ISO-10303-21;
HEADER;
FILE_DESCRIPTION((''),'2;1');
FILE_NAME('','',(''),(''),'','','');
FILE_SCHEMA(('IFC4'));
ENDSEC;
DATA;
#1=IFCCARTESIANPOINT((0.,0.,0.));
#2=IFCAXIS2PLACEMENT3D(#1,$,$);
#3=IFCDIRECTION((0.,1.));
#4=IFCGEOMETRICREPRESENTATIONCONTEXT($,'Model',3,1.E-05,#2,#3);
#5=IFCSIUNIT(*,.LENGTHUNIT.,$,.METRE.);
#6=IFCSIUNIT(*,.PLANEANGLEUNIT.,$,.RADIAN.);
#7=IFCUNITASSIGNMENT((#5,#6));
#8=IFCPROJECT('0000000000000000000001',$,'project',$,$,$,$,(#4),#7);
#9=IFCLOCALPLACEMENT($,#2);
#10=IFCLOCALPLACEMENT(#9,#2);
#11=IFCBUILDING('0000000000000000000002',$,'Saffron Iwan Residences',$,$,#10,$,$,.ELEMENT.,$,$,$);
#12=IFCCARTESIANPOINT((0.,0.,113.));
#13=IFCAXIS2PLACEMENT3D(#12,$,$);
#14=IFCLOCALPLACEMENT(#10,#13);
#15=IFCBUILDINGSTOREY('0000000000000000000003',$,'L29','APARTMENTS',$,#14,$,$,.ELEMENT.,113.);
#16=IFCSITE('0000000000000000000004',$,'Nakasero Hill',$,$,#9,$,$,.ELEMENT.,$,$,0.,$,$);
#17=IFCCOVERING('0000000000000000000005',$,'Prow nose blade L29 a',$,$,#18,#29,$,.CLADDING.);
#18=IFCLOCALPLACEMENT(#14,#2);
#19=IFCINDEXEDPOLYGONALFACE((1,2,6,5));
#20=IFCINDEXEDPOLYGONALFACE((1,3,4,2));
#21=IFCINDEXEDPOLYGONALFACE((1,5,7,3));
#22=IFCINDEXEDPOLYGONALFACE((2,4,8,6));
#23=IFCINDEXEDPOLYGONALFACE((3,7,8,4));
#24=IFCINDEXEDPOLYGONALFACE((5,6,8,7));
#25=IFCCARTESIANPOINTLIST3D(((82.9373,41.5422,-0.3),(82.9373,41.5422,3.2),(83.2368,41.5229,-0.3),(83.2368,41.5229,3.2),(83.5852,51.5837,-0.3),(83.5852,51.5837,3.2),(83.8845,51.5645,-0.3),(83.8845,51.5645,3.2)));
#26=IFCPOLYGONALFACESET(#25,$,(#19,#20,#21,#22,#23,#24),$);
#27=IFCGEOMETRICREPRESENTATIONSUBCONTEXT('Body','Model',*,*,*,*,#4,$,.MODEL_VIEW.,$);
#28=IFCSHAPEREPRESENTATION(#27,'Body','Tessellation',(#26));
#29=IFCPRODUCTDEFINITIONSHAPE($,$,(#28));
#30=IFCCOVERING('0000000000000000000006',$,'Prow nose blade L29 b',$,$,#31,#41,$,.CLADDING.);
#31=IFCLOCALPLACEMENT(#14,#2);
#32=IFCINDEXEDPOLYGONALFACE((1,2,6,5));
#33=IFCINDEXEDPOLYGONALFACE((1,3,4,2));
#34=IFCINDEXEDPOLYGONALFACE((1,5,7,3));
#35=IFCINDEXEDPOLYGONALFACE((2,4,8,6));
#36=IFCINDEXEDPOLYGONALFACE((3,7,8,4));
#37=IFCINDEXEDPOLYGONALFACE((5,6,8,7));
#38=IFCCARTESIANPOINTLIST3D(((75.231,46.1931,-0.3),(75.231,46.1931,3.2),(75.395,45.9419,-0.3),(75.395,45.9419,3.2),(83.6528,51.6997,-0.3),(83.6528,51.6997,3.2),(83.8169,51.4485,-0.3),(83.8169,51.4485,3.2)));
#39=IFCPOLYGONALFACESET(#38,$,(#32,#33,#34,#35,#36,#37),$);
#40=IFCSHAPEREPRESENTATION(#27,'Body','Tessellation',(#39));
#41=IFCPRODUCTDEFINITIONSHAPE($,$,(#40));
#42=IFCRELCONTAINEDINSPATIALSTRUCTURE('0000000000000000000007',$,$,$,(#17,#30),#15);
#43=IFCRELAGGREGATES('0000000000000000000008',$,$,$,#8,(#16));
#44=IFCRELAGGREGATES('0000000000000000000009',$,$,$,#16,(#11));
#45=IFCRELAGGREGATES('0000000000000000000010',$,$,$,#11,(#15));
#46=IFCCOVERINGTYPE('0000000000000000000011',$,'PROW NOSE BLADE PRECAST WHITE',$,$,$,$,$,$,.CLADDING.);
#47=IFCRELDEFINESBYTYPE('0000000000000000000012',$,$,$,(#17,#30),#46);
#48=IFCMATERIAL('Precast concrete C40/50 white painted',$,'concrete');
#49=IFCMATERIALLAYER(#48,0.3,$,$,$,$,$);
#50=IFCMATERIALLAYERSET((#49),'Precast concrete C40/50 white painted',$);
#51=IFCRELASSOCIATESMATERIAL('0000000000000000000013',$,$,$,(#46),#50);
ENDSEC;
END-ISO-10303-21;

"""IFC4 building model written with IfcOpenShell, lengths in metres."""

from ifc_helpers import new_model, si_unit, direction, frame, origin, place, context, subcontext, project, spatial, polyline, outline, extrude, material, layer, layer_set, type_object, element, save


model = new_model("IFC4")

# Units and contexts
model_context = context("Model", 3, precision=1e-05, world=origin(), true_north=direction((0.0, 1.0)))
body_context = subcontext(model_context, "Body", "Model", "MODEL_VIEW")
ifc_project = project(units=[si_unit("LENGTHUNIT", "METRE"), si_unit("PLANEANGLEUNIT", "RADIAN")], contexts=[model_context])

# Site, building, storey
site_placement = place(None, origin())
site = spatial("IfcSite", under=ifc_project, at=site_placement, Name="Nakasero Hill", CompositionType="ELEMENT", RefElevation=0.0)
building_placement = place(site_placement, origin())
building = spatial("IfcBuilding", under=site, at=building_placement, Name="Saffron Iwan Residences", CompositionType="ELEMENT")
storey_placement = place(building_placement, frame((0.0, 0.0, 113.0)))
storey = spatial("IfcBuildingStorey", under=building, at=storey_placement, Name="L29", Description="APARTMENTS", CompositionType="ELEMENT", Elevation=113.0)

# Coverings
ifc_material_1 = material(Name="Precast concrete C40/50 white painted", Category="concrete")
ifc_layer_1 = layer(ifc_material_1, 0.3)
ifc_layer_set_1 = layer_set([ifc_layer_1], Name="Precast concrete C40/50 white painted")
covering_type_1 = type_object("IfcCoveringType", Name="PROW NOSE BLADE PRECAST WHITE", PredefinedType="CLADDING", material=ifc_layer_set_1)
covering_1_placement = place(storey_placement, frame((0.0, 0.0, -0.3)))
element("IfcCovering", 1, at=covering_1_placement, inside=storey, type_object=covering_type_1, Name="Prow nose blade L29 a", PredefinedType="CLADDING", context=body_context, shape_type="SweptSolid", body=[
    extrude(outline(polyline([(83.2368, 41.5229), (83.8845, 51.5645), (83.5852, 51.5837), (82.9373, 41.5422), (83.2368, 41.5229)])), origin(), (0.0, 0.0, 1.0), 3.5),
])
covering_2_placement = place(storey_placement, frame((0.0, 0.0, -0.3)))
element("IfcCovering", 2, at=covering_2_placement, inside=storey, type_object=covering_type_1, Name="Prow nose blade L29 b", PredefinedType="CLADDING", context=body_context, shape_type="SweptSolid", body=[
    extrude(outline(polyline([(75.395, 45.9419), (83.8169, 51.4485), (83.6528, 51.6997), (75.231, 46.1931), (75.395, 45.9419)])), origin(), (0.0, 0.0, 1.0), 3.5),
])

save(model, "model.ifc")
